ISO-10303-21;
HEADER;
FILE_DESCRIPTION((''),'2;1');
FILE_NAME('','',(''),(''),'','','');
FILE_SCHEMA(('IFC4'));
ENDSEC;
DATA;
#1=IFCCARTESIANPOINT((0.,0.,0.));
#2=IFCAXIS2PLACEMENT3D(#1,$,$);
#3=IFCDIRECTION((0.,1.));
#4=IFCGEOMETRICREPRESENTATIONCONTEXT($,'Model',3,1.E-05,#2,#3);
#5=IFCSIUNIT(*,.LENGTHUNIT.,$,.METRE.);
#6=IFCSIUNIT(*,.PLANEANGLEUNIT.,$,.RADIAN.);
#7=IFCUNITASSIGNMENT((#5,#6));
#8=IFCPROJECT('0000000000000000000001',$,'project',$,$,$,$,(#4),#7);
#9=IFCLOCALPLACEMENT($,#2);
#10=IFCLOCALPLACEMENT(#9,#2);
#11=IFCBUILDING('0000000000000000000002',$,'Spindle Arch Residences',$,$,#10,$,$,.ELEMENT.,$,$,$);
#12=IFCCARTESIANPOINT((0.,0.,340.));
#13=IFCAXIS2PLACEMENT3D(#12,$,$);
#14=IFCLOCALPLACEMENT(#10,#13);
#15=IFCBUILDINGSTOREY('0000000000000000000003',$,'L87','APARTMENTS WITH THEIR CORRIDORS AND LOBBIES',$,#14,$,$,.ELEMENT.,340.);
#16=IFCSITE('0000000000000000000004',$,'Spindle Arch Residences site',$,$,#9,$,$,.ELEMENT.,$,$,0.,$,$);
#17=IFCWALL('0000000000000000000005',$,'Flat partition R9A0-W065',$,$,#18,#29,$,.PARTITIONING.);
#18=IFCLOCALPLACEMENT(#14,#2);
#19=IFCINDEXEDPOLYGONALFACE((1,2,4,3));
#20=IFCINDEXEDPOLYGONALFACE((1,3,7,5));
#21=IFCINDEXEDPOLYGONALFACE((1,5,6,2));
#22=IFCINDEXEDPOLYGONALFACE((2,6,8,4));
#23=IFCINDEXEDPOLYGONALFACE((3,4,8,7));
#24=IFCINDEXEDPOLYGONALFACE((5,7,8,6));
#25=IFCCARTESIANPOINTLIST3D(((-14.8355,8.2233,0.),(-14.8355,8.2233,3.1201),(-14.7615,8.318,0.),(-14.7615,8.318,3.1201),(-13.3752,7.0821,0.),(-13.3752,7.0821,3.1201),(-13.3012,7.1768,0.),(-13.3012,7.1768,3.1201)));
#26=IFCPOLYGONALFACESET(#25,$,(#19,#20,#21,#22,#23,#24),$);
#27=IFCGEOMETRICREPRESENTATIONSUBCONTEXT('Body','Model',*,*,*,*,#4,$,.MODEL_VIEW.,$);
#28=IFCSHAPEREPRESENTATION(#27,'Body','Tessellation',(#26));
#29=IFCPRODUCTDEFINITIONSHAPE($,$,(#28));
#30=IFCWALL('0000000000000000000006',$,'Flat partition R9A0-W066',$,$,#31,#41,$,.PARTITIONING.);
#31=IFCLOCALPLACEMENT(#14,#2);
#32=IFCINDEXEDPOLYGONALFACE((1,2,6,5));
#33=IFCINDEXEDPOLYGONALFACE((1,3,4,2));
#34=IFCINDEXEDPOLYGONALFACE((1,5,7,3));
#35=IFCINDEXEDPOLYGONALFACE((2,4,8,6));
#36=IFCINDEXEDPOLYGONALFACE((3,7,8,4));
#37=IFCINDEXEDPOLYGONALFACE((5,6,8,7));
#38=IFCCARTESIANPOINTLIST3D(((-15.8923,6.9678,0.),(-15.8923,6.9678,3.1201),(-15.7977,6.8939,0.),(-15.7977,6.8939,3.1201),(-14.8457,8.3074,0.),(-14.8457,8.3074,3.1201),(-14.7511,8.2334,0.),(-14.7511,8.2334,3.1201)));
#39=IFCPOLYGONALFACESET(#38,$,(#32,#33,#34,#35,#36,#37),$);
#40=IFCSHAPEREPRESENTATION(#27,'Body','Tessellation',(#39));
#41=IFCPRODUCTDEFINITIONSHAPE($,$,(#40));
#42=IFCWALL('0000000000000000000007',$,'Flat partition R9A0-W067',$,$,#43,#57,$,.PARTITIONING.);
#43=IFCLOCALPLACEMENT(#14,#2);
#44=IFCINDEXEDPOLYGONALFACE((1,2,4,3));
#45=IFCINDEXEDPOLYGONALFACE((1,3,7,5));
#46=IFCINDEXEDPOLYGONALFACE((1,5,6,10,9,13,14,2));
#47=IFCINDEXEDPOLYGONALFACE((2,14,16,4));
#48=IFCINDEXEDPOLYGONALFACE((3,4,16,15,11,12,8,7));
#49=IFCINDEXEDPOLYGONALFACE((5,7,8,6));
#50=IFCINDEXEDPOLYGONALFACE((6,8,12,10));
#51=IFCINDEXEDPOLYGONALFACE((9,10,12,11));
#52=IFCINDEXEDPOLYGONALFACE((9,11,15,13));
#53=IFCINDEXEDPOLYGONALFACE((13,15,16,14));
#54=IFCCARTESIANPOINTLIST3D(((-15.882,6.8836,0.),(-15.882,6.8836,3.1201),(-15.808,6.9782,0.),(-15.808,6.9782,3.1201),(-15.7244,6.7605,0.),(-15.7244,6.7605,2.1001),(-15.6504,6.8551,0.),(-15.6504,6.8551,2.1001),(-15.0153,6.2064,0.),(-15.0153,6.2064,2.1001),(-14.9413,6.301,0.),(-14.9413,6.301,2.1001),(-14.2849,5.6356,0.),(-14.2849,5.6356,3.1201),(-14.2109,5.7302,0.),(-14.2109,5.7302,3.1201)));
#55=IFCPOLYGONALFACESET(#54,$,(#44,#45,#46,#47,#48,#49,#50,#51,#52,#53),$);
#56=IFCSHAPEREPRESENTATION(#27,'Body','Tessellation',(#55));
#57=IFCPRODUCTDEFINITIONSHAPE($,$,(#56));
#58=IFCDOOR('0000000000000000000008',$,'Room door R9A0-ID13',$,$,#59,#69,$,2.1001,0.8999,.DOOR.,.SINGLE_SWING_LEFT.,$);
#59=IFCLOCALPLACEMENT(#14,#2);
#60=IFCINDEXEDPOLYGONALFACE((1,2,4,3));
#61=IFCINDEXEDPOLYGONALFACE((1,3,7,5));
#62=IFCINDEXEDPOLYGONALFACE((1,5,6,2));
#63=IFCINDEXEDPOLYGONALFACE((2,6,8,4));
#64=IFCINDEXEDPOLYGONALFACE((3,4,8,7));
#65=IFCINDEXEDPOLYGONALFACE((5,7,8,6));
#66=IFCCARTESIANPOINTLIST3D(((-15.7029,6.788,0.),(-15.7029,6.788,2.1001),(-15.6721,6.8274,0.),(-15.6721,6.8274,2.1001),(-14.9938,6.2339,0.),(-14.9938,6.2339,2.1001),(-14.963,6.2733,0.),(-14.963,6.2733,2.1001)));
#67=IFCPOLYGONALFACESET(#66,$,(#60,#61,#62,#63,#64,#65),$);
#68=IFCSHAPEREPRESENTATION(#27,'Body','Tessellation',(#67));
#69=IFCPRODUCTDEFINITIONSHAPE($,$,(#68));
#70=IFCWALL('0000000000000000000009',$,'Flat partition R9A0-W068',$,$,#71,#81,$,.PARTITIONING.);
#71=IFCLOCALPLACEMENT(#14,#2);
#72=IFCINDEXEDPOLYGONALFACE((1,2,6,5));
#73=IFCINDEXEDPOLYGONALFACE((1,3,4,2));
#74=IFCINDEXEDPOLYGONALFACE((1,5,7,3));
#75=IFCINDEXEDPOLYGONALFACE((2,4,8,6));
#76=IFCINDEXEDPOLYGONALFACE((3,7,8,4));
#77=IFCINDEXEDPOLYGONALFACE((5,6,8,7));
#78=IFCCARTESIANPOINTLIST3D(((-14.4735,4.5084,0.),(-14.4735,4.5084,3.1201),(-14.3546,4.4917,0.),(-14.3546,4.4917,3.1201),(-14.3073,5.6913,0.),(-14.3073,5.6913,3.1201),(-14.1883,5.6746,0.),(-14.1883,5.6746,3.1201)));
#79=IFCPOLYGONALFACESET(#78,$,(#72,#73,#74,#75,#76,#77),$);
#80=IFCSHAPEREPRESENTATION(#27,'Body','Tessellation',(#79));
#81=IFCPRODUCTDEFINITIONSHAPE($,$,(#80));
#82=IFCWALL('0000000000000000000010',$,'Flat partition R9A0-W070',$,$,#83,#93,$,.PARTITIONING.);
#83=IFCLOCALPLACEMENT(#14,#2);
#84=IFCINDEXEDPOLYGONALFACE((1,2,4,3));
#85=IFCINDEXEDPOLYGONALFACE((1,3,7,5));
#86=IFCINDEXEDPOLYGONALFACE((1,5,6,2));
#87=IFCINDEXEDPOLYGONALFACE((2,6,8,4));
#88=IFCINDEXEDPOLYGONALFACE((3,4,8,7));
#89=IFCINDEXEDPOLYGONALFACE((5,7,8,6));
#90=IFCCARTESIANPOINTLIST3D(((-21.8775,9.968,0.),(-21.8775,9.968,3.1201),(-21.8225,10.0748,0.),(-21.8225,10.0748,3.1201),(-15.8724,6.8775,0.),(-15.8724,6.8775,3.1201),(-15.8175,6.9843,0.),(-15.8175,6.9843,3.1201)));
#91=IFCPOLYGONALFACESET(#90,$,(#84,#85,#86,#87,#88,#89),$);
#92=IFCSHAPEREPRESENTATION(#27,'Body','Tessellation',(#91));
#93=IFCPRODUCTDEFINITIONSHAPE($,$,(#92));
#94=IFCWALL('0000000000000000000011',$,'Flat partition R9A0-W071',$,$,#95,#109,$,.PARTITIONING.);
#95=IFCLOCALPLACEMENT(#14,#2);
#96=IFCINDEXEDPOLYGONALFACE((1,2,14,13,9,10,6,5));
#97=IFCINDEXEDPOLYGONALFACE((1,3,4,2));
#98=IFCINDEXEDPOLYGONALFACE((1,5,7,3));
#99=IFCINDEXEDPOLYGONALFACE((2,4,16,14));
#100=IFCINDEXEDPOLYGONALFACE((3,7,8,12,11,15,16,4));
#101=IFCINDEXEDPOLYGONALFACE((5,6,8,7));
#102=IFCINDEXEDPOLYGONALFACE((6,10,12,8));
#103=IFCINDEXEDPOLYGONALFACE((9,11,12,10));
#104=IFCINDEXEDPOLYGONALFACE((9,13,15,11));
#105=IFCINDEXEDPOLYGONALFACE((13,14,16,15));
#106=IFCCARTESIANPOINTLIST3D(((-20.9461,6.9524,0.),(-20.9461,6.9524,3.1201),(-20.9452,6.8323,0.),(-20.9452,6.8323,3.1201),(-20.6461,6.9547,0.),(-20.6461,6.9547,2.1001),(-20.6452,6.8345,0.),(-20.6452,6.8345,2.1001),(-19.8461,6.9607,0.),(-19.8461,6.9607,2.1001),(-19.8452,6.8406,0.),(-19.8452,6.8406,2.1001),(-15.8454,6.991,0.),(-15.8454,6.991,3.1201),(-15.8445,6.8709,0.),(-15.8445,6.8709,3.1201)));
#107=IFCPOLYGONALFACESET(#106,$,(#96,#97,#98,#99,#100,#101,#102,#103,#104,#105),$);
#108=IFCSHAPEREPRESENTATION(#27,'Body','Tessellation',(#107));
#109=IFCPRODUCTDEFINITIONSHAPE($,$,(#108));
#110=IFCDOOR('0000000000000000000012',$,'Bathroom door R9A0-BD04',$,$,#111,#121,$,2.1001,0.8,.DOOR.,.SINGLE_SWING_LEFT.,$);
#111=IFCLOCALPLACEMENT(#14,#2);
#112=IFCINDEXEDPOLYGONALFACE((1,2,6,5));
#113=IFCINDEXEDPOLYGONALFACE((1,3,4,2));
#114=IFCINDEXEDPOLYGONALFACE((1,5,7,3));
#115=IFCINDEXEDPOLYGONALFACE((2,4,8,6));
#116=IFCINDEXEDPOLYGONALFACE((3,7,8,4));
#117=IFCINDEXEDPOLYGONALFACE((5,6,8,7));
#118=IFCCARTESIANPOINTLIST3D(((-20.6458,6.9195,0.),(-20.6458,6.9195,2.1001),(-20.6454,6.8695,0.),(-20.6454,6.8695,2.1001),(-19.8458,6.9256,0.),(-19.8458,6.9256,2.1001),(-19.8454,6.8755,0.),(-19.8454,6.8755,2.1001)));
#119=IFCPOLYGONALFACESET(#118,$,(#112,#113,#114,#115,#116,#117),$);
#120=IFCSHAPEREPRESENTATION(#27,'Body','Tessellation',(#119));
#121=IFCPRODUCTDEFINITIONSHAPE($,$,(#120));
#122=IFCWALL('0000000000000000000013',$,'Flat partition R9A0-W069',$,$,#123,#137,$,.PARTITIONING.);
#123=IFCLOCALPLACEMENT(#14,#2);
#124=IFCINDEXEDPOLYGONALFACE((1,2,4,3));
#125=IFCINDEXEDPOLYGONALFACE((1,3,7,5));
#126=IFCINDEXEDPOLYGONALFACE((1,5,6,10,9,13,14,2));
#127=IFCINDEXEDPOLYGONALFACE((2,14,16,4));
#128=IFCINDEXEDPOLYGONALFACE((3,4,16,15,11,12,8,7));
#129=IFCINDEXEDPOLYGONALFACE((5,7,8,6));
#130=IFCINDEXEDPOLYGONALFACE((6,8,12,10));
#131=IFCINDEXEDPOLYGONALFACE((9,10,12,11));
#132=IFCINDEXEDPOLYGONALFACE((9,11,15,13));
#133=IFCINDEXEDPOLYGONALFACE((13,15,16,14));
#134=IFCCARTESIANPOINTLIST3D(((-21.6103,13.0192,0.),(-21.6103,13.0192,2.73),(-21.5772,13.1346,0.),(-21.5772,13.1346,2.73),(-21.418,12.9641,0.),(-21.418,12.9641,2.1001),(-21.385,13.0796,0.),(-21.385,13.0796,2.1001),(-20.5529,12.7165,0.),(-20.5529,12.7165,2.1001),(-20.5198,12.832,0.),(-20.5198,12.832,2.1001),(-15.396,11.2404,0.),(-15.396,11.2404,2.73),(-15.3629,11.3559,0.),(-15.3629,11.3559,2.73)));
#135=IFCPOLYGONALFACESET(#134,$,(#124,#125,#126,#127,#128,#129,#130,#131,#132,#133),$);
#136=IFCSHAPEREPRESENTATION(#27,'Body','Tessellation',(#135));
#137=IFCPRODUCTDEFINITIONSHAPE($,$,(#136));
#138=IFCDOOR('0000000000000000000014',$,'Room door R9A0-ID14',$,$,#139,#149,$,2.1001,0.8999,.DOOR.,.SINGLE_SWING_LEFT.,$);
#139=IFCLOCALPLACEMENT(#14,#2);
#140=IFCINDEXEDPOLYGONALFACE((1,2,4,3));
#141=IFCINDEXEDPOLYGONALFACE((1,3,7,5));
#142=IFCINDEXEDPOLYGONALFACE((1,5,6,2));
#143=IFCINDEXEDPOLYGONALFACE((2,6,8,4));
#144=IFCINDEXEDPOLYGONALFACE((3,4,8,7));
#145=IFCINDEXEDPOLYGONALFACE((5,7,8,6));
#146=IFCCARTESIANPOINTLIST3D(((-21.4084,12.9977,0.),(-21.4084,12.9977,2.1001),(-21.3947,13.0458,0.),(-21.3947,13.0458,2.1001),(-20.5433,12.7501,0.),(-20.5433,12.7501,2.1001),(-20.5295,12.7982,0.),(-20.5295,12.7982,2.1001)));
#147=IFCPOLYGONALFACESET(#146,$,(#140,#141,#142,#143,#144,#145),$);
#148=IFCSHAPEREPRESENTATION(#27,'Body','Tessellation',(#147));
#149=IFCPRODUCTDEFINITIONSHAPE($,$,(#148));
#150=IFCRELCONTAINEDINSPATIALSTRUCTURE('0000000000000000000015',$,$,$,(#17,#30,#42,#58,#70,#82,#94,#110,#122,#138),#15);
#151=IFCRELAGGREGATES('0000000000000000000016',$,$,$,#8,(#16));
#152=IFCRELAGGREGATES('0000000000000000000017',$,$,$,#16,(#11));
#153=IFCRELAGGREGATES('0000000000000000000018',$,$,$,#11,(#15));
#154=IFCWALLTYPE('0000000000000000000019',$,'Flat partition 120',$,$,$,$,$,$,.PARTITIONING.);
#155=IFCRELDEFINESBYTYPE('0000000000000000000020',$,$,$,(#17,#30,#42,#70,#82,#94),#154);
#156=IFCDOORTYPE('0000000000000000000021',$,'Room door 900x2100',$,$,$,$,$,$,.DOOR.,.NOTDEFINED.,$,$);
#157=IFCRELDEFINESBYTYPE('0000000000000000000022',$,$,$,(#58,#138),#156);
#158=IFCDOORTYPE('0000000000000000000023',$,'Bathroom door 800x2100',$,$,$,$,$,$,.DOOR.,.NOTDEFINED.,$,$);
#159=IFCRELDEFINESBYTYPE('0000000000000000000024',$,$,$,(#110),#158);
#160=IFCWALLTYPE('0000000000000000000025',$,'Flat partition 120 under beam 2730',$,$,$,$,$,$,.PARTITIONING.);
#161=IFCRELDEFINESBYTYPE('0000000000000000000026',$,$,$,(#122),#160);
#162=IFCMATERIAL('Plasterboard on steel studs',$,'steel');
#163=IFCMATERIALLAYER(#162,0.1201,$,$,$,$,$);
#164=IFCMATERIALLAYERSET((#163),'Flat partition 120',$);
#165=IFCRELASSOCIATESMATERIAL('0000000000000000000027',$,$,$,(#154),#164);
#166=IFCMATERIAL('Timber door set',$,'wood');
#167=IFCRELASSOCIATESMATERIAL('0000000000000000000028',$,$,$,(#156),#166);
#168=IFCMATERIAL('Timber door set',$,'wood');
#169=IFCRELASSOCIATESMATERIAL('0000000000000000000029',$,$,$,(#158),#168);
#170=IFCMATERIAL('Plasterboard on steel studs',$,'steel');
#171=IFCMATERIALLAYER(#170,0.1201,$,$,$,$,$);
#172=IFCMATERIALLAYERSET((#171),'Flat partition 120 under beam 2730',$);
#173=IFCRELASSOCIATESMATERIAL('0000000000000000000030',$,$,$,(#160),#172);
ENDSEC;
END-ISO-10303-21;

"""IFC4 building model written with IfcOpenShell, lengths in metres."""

from ifc_helpers import new_model, si_unit, direction, frame, frame_2d, origin, place, context, subcontext, project, spatial, rectangle, extrude, material, layer, layer_set, type_object, element, fill, save


model = new_model("IFC4")

# Units and contexts
model_context = context("Model", 3, precision=1e-05, world=origin(), true_north=direction((0.0, 1.0)))
body_context = subcontext(model_context, "Body", "Model", "MODEL_VIEW")
ifc_project = project(units=[si_unit("LENGTHUNIT", "METRE"), si_unit("PLANEANGLEUNIT", "RADIAN")], contexts=[model_context])

# Site, building, storey
site_placement = place(None, origin())
site = spatial("IfcSite", under=ifc_project, at=site_placement, Name="Spindle Arch Residences site", CompositionType="ELEMENT", RefElevation=0.0)
building_placement = place(site_placement, origin())
building = spatial("IfcBuilding", under=site, at=building_placement, Name="Spindle Arch Residences", CompositionType="ELEMENT")
storey_placement = place(building_placement, frame((0.0, 0.0, 340.0)))
storey = spatial("IfcBuildingStorey", under=building, at=storey_placement, Name="L87", Description="APARTMENTS WITH THEIR CORRIDORS AND LOBBIES", CompositionType="ELEMENT", Elevation=340.0)

# Walls
ifc_material_1 = material(Name="Plasterboard on steel studs", Category="steel")
ifc_layer_1 = layer(ifc_material_1, 0.1201)
ifc_layer_set_1 = layer_set([ifc_layer_1], Name="Flat partition 120")
wall_type_1 = type_object("IfcWallType", Name="Flat partition 120", PredefinedType="PARTITIONING", material=ifc_layer_set_1)
wall_1_placement = place(storey_placement, frame((-13.3381, 7.1294, 0.0), z_axis=(0.0, 0.0, 1.0), x_axis=(-0.787938, 0.615754, 0.0)))
element("IfcWall", 1, at=wall_1_placement, inside=storey, type_object=wall_type_1, Name="Flat partition R9A0-W065", PredefinedType="PARTITIONING", context=body_context, shape_type="SweptSolid", body=[
    extrude(rectangle(XDim=1.8533, YDim=0.1201, at=frame_2d((0.9268, 0.0))), origin(), (0.0, 0.0, 1.0), 3.1201),
])
wall_2_placement = place(storey_placement, frame((-14.7983, 8.2705, 0.0), z_axis=(0.0, 0.0, 1.0), x_axis=(-0.615669, -0.788005, 0.0)))
element("IfcWall", 2, at=wall_2_placement, inside=storey, type_object=wall_type_1, Name="Flat partition R9A0-W066", PredefinedType="PARTITIONING", context=body_context, shape_type="SweptSolid", body=[
    extrude(rectangle(XDim=1.7, YDim=0.1201, at=frame_2d((0.8501, 0.0))), origin(), (0.0, 0.0, 1.0), 3.1201),
])

# Wall, opening, door
wall_3_placement = place(storey_placement, frame((-15.845, 6.9309, 0.0), z_axis=(0.0, 0.0, 1.0), x_axis=(0.787962, -0.615724, 0.0)))
wall_3 = element("IfcWall", 3, at=wall_3_placement, inside=storey, type_object=wall_type_1, Name="Flat partition R9A0-W067", PredefinedType="PARTITIONING", context=body_context, shape_type="SweptSolid", body=[
    extrude(rectangle(XDim=2.0269, YDim=0.1201, at=frame_2d((1.0134, 0.0))), origin(), (0.0, 0.0, 1.0), 3.1201),
])
opening_1_placement = place(wall_3_placement, frame((0.2, 0.0, 0.0)))
opening_1 = element("IfcOpeningElement", 4, at=opening_1_placement, cuts=wall_3, PredefinedType="OPENING", context=body_context, shape_type="SweptSolid", body=[
    extrude(rectangle(XDim=0.8999, YDim=2.1001, at=frame_2d((0.45, 1.05))), frame((0.0, 0.0701, 0.0), z_axis=(0.0, -1.0, 0.0), x_axis=(1.0, 0.0, 0.0)), (0.0, 0.0, 1.0), 0.1401),
])
ifc_material_2 = material(Name="Timber door set", Category="wood")
door_type_1 = type_object("IfcDoorType", Name="Room door 900x2100", OperationType="NOTDEFINED", PredefinedType="DOOR", material=ifc_material_2)
door_1_placement = place(opening_1_placement, origin())
door_1 = element("IfcDoor", 5, at=door_1_placement, inside=storey, type_object=door_type_1, Name="Room door R9A0-ID13", OperationType="SINGLE_SWING_LEFT", OverallHeight=2.1001, OverallWidth=0.8999, PredefinedType="DOOR", context=body_context, shape_type="SweptSolid", body=[
    extrude(rectangle(XDim=0.8999, YDim=2.1001, at=frame_2d((0.45, 1.05))), frame((0.0, 0.0249, 0.0), z_axis=(0.0, -1.0, 0.0), x_axis=(1.0, 0.0, 0.0)), (0.0, 0.0, 1.0), 0.05),
])
fill(opening_1, door_1)

# Walls
wall_4_placement = place(storey_placement, frame((-14.2478, 5.6829, 0.0), z_axis=(0.0, 0.0, 1.0), x_axis=(-0.139189, -0.990266, 0.0)))
element("IfcWall", 6, at=wall_4_placement, inside=storey, type_object=wall_type_1, Name="Flat partition R9A0-W068", PredefinedType="PARTITIONING", context=body_context, shape_type="SweptSolid", body=[
    extrude(rectangle(XDim=1.1946, YDim=0.1201, at=frame_2d((0.5972, 0.0))), origin(), (0.0, 0.0, 1.0), 3.1201),
])
wall_5_placement = place(storey_placement, frame((-21.8501, 10.0215, 0.0), z_axis=(0.0, 0.0, 1.0), x_axis=(0.889154, -0.457609, 0.0)))
element("IfcWall", 7, at=wall_5_placement, inside=storey, type_object=wall_type_1, Name="Flat partition R9A0-W070", PredefinedType="PARTITIONING", context=body_context, shape_type="SweptSolid", body=[
    extrude(rectangle(XDim=6.7537, YDim=0.1201, at=frame_2d((3.377, 0.0))), origin(), (0.0, 0.0, 1.0), 3.1201),
])

# Walls, openings, doors
wall_6_placement = place(storey_placement, frame((-20.9456, 6.8923, 0.0), z_axis=(0.0, 0.0, 1.0), x_axis=(0.999971, 0.007562, 0.0)))
wall_6 = element("IfcWall", 8, at=wall_6_placement, inside=storey, type_object=wall_type_1, Name="Flat partition R9A0-W071", PredefinedType="PARTITIONING", context=body_context, shape_type="SweptSolid", body=[
    extrude(rectangle(XDim=5.1008, YDim=0.1201, at=frame_2d((2.5503, 0.0))), origin(), (0.0, 0.0, 1.0), 3.1201),
])
opening_2_placement = place(wall_6_placement, frame((0.3, 0.0, 0.0)))
opening_2 = element("IfcOpeningElement", 9, at=opening_2_placement, cuts=wall_6, PredefinedType="OPENING", context=body_context, shape_type="SweptSolid", body=[
    extrude(rectangle(XDim=0.8, YDim=2.1001, at=frame_2d((0.3999, 1.05))), frame((0.0, 0.0701, 0.0), z_axis=(0.0, -1.0, 0.0), x_axis=(1.0, 0.0, 0.0)), (0.0, 0.0, 1.0), 0.1401),
])
ifc_material_3 = material(Name="Timber door set", Category="wood")
door_type_2 = type_object("IfcDoorType", Name="Bathroom door 800x2100", OperationType="NOTDEFINED", PredefinedType="DOOR", material=ifc_material_3)
door_2_placement = place(opening_2_placement, origin())
door_2 = element("IfcDoor", 10, at=door_2_placement, inside=storey, type_object=door_type_2, Name="Bathroom door R9A0-BD04", OperationType="SINGLE_SWING_LEFT", OverallHeight=2.1001, OverallWidth=0.8, PredefinedType="DOOR", context=body_context, shape_type="SweptSolid", body=[
    extrude(rectangle(XDim=0.8, YDim=2.1001, at=frame_2d((0.3999, 1.05))), frame((0.0, 0.0249, 0.0), z_axis=(0.0, -1.0, 0.0), x_axis=(1.0, 0.0, 0.0)), (0.0, 0.0, 1.0), 0.05),
])
fill(opening_2, door_2)
ifc_material_4 = material(Name="Plasterboard on steel studs", Category="steel")
ifc_layer_2 = layer(ifc_material_4, 0.1201)
ifc_layer_set_2 = layer_set([ifc_layer_2], Name="Flat partition 120 under beam 2730")
wall_type_2 = type_object("IfcWallType", Name="Flat partition 120 under beam 2730", PredefinedType="PARTITIONING", material=ifc_layer_set_2)
wall_7_placement = place(storey_placement, frame((-21.5938, 13.0769, 0.0), z_axis=(0.0, 0.0, 1.0), x_axis=(0.96139, -0.27519, 0.0)))
wall_7 = element("IfcWall", 11, at=wall_7_placement, inside=storey, type_object=wall_type_2, Name="Flat partition R9A0-W069", PredefinedType="PARTITIONING", context=body_context, shape_type="SweptSolid", body=[
    extrude(rectangle(XDim=6.4639, YDim=0.1201, at=frame_2d((3.2319, 0.0))), origin(), (0.0, 0.0, 1.0), 2.73),
])
opening_3_placement = place(wall_7_placement, frame((0.2, 0.0, 0.0)))
opening_3 = element("IfcOpeningElement", 12, at=opening_3_placement, cuts=wall_7, PredefinedType="OPENING", context=body_context, shape_type="SweptSolid", body=[
    extrude(rectangle(XDim=0.8999, YDim=2.1001, at=frame_2d((0.45, 1.05))), frame((0.0, 0.0701, 0.0), z_axis=(0.0, -1.0, 0.0), x_axis=(1.0, 0.0, 0.0)), (0.0, 0.0, 1.0), 0.1401),
])
door_3_placement = place(opening_3_placement, origin())
door_3 = element("IfcDoor", 13, at=door_3_placement, inside=storey, type_object=door_type_1, Name="Room door R9A0-ID14", OperationType="SINGLE_SWING_LEFT", OverallHeight=2.1001, OverallWidth=0.8999, PredefinedType="DOOR", context=body_context, shape_type="SweptSolid", body=[
    extrude(rectangle(XDim=0.8999, YDim=2.1001, at=frame_2d((0.45, 1.05))), frame((0.0, 0.0249, 0.0), z_axis=(0.0, -1.0, 0.0), x_axis=(1.0, 0.0, 0.0)), (0.0, 0.0, 1.0), 0.05),
])
fill(opening_3, door_3)

save(model, "model.ifc")
